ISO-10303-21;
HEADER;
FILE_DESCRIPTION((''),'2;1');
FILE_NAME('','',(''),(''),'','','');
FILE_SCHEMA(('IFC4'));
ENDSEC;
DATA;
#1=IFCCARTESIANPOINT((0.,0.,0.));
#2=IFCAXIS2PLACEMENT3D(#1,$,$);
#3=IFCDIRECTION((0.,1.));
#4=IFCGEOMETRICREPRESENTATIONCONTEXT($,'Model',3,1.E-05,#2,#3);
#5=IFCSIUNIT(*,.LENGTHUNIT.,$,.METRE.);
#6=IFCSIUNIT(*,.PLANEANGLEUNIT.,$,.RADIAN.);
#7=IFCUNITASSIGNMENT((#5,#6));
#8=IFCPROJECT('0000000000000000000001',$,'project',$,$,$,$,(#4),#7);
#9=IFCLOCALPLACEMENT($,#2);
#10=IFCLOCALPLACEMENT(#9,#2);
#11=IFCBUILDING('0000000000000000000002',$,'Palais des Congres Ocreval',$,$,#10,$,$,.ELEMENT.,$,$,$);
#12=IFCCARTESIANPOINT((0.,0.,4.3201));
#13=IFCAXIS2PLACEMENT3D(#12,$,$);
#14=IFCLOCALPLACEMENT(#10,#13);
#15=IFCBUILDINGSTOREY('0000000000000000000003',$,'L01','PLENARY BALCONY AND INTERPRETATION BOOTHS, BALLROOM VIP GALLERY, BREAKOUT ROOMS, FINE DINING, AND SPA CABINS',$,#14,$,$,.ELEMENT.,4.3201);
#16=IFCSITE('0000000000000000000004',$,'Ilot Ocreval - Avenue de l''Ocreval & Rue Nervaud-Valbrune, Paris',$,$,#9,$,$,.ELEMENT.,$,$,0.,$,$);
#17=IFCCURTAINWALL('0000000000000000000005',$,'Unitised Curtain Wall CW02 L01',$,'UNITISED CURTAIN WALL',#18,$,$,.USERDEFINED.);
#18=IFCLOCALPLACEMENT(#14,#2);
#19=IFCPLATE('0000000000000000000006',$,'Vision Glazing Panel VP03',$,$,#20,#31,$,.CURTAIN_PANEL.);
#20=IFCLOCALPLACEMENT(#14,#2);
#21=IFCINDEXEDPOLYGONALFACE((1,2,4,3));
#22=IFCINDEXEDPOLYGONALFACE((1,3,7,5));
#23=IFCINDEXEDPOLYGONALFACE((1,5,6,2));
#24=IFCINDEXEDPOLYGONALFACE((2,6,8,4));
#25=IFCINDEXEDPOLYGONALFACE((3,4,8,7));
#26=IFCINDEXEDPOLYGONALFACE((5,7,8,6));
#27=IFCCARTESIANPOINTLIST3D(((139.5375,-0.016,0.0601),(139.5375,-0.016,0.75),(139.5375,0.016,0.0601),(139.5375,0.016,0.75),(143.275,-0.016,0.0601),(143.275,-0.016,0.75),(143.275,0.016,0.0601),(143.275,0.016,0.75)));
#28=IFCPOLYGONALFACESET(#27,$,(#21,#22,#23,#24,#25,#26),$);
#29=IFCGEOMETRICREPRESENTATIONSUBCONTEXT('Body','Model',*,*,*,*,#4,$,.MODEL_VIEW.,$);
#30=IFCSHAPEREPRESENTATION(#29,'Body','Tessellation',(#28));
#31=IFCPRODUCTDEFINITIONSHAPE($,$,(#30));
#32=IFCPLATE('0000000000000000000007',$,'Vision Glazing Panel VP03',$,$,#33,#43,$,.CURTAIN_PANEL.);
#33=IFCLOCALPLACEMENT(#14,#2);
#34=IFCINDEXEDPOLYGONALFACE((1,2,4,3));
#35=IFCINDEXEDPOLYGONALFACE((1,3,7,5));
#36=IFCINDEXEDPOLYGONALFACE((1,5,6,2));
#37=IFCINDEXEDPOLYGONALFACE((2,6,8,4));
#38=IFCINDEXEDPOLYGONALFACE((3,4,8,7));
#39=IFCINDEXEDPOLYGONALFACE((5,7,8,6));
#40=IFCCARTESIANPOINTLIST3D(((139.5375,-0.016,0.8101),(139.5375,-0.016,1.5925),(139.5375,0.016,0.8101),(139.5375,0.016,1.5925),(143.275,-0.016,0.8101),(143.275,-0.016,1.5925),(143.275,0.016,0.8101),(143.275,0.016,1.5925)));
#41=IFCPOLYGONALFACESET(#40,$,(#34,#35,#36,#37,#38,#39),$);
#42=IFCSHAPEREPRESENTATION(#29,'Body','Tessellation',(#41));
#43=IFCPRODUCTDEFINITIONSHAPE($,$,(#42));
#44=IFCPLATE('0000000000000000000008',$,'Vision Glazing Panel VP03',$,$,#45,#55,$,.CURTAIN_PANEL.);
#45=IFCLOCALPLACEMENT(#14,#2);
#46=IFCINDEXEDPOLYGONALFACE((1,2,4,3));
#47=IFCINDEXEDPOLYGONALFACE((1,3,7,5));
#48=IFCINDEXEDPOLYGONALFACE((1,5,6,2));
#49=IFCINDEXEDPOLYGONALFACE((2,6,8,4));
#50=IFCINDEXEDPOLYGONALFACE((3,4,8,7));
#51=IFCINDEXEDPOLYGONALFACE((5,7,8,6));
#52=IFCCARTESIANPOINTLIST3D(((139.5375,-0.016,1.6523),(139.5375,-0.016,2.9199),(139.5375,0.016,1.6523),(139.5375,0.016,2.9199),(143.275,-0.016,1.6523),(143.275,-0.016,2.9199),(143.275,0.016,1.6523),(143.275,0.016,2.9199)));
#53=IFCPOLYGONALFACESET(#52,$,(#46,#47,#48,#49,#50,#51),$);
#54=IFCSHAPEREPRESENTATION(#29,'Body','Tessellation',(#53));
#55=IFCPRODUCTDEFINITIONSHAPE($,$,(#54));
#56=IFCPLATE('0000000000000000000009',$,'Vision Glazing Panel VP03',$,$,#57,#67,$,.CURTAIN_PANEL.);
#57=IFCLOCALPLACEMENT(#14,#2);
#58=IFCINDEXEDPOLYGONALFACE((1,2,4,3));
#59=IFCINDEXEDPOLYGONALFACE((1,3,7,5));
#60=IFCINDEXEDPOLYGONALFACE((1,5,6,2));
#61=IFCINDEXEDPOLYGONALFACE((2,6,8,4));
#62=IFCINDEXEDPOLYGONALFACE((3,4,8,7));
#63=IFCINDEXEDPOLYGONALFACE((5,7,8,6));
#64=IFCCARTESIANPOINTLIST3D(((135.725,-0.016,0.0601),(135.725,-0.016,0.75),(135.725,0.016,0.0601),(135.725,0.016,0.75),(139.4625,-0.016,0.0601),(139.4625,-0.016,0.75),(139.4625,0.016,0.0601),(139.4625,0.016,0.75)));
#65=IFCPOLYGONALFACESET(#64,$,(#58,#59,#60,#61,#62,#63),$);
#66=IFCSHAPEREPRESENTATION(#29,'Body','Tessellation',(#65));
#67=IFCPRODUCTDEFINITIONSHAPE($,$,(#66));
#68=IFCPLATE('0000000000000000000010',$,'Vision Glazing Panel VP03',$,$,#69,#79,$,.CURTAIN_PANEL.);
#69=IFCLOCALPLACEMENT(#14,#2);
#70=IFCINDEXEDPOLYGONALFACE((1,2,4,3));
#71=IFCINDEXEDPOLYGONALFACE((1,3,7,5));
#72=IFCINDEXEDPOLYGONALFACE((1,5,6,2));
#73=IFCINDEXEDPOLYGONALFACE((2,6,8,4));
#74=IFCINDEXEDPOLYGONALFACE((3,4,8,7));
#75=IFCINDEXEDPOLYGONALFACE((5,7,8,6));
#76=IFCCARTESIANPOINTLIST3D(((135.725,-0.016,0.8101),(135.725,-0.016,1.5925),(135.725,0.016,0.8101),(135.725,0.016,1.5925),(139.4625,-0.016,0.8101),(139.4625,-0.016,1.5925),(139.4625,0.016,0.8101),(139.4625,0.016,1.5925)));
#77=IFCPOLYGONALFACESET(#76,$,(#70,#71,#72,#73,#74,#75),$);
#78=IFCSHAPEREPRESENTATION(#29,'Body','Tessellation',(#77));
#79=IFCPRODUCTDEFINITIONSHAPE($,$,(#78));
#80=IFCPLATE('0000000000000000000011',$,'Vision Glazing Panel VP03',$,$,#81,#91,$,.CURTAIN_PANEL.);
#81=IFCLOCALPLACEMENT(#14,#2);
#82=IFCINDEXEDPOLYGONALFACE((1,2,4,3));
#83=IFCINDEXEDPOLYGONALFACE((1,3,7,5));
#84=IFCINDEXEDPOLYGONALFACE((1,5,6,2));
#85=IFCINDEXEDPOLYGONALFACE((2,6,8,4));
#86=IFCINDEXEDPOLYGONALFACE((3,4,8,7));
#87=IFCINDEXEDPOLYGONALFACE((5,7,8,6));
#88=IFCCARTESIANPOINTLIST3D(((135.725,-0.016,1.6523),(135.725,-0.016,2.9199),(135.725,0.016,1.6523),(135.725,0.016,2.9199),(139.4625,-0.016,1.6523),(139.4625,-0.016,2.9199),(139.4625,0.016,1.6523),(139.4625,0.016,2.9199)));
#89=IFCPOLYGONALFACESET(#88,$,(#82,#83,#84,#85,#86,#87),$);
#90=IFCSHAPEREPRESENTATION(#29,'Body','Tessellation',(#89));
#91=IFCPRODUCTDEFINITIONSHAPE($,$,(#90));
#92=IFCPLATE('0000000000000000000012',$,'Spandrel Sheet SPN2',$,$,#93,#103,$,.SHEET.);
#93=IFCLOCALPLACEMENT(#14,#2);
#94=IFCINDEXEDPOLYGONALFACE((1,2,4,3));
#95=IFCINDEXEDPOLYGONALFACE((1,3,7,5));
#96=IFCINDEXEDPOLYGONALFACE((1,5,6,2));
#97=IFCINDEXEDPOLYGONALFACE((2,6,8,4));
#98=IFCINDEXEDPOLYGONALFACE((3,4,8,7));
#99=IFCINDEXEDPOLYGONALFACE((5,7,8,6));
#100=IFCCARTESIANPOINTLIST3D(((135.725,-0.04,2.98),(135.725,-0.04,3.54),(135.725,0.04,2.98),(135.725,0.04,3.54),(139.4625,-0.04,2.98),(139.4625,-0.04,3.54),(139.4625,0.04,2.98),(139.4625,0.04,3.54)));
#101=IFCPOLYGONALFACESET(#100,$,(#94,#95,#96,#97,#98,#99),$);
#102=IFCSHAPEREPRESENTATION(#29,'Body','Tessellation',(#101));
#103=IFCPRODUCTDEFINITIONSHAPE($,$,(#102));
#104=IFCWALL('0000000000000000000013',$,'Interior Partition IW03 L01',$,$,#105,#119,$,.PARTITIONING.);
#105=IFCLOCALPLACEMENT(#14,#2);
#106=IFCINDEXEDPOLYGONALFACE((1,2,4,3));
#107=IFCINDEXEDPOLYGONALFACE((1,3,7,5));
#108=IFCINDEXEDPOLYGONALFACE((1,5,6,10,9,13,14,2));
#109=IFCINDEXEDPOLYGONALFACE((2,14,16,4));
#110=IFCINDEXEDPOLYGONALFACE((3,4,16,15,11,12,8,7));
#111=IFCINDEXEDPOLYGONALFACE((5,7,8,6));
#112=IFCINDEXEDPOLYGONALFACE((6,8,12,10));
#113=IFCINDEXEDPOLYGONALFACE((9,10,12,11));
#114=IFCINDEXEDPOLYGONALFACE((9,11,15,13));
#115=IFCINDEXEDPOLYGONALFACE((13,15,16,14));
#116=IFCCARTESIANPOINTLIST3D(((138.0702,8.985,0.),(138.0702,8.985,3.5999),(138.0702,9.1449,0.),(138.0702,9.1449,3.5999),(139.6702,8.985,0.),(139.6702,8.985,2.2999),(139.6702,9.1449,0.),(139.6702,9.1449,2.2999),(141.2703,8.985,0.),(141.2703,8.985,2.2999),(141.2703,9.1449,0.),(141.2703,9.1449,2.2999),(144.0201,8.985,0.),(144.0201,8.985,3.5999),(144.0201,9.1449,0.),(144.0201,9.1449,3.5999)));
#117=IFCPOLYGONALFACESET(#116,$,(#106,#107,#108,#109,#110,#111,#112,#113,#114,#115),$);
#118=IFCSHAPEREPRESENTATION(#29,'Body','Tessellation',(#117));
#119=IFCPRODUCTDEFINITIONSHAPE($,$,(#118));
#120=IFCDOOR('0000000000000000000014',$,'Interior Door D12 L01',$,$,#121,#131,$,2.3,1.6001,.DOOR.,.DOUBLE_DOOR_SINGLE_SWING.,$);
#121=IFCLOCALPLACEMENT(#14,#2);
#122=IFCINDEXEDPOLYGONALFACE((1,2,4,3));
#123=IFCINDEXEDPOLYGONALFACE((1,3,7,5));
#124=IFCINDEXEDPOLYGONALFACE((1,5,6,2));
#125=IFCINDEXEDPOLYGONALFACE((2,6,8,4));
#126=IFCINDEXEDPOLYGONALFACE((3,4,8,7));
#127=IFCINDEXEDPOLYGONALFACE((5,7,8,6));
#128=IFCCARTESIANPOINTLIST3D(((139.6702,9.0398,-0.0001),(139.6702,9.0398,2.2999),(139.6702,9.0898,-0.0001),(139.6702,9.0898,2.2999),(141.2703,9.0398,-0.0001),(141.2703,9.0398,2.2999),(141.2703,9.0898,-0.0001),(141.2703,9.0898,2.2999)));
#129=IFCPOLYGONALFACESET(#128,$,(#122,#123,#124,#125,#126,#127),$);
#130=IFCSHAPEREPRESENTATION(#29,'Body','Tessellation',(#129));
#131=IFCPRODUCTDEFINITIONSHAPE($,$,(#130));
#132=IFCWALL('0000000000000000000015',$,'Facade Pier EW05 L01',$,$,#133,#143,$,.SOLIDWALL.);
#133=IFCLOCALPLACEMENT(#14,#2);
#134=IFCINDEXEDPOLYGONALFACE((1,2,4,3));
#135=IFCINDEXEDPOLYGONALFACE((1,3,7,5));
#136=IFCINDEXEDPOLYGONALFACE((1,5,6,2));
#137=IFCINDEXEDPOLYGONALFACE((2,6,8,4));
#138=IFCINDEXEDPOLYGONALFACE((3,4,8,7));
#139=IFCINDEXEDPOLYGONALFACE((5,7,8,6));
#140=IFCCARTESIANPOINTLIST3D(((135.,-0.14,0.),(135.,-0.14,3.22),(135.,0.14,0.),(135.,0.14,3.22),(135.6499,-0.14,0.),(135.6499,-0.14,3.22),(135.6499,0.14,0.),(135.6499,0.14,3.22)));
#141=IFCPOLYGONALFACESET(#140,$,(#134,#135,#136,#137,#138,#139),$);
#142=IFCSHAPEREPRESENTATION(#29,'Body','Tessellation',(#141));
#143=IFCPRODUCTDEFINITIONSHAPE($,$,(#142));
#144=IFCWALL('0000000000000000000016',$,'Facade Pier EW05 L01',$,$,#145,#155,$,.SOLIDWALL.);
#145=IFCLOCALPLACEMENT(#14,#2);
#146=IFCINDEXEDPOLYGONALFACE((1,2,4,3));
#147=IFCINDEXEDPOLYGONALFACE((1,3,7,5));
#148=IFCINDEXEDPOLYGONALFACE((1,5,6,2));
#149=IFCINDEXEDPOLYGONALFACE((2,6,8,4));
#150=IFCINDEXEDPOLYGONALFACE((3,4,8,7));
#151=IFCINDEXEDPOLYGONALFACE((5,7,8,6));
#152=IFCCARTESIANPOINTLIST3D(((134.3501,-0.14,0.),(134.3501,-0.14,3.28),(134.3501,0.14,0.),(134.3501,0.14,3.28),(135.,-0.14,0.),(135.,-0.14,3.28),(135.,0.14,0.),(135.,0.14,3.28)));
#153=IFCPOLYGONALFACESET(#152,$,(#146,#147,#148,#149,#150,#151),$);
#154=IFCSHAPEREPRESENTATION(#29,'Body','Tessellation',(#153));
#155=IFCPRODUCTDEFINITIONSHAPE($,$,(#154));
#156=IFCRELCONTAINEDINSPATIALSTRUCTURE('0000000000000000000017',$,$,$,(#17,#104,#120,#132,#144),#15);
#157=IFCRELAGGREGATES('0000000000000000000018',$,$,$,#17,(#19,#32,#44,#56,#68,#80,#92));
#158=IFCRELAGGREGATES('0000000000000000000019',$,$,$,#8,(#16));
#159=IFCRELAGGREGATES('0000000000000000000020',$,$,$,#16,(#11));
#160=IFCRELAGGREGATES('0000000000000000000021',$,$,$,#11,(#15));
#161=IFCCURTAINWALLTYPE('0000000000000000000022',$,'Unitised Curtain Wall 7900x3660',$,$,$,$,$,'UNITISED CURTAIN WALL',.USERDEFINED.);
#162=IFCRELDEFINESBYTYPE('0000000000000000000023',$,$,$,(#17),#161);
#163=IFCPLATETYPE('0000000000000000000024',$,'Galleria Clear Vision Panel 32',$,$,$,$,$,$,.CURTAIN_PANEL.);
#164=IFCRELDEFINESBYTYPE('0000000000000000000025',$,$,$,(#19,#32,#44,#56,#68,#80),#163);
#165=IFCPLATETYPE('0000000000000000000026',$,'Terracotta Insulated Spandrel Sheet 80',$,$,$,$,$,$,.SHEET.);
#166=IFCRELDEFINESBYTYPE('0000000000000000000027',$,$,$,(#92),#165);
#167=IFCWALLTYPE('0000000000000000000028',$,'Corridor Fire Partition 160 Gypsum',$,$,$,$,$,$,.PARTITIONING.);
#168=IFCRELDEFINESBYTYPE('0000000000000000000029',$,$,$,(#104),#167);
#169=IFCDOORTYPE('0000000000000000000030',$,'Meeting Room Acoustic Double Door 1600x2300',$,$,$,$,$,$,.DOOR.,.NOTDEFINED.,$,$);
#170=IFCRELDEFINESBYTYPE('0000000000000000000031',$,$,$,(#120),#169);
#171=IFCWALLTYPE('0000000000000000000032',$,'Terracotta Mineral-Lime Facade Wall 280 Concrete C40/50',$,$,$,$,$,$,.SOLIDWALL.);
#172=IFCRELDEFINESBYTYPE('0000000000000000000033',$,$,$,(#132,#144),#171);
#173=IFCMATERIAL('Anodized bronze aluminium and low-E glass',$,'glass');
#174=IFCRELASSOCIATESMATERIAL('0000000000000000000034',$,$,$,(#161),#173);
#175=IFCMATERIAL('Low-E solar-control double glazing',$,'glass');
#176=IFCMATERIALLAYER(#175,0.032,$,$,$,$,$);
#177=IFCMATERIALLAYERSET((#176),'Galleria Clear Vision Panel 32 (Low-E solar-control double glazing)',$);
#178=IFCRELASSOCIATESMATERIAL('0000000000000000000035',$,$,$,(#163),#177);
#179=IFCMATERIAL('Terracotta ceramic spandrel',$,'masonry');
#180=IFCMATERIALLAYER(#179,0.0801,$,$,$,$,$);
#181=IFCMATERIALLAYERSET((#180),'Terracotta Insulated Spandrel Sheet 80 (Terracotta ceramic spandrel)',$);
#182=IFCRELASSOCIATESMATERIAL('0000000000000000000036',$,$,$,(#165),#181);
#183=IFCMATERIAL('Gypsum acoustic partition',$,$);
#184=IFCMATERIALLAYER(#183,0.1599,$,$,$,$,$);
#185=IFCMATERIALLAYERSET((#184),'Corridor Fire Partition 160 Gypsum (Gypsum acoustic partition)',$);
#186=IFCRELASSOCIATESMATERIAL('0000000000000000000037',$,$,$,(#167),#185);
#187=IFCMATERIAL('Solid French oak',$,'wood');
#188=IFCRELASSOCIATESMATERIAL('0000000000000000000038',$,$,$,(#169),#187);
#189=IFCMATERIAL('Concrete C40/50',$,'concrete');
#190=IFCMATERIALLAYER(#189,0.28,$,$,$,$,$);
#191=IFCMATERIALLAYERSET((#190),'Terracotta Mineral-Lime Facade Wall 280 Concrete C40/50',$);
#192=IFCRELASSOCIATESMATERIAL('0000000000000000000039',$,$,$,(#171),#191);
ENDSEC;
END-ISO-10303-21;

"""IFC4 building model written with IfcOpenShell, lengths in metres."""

from ifc_helpers import new_model, si_unit, direction, frame, frame_2d, origin, origin_2d, place, context, subcontext, project, spatial, rectangle, extrude, material, layer, layer_set, type_object, element, fill, aggregate, save


model = new_model("IFC4")

# Units and contexts
model_context = context("Model", 3, precision=1e-05, world=origin(), true_north=direction((0.0, 1.0)))
body_context = subcontext(model_context, "Body", "Model", "MODEL_VIEW")
ifc_project = project(units=[si_unit("LENGTHUNIT", "METRE"), si_unit("PLANEANGLEUNIT", "RADIAN")], contexts=[model_context])

# Site, building, storey
site_placement = place(None, origin())
site = spatial("IfcSite", under=ifc_project, at=site_placement, Name="Ilot Ocreval - Avenue de l'Ocreval & Rue Nervaud-Valbrune, Paris", CompositionType="ELEMENT", RefElevation=0.0)
building_placement = place(site_placement, origin())
building = spatial("IfcBuilding", under=site, at=building_placement, Name="Palais des Congres Ocreval", CompositionType="ELEMENT")
storey_placement = place(building_placement, frame((0.0, 0.0, 4.3201)))
storey = spatial("IfcBuildingStorey", under=building, at=storey_placement, Name="L01", Description="PLENARY BALCONY AND INTERPRETATION BOOTHS, BALLROOM VIP GALLERY, BREAKOUT ROOMS, FINE DINING, AND SPA CABINS", CompositionType="ELEMENT", Elevation=4.3201)

# Curtain wall
ifc_material_1 = material(Name="Anodized bronze aluminium and low-E glass", Category="glass")
curtain_wall_type = type_object("IfcCurtainWallType", Name="Unitised Curtain Wall 7900x3660", ElementType="UNITISED CURTAIN WALL", PredefinedType="USERDEFINED", material=ifc_material_1)
curtain_wall_1_placement = place(storey_placement, origin())
curtain_wall_1 = element("IfcCurtainWall", 1, at=curtain_wall_1_placement, inside=storey, type_object=curtain_wall_type, Name="Unitised Curtain Wall CW02 L01", ObjectType="UNITISED CURTAIN WALL", PredefinedType="USERDEFINED")

# Plates
ifc_material_2 = material(Name="Low-E solar-control double glazing", Category="glass")
ifc_layer_1 = layer(ifc_material_2, 0.032)
ifc_layer_set_1 = layer_set([ifc_layer_1], Name="Galleria Clear Vision Panel 32 (Low-E solar-control double glazing)")
plate_type_1 = type_object("IfcPlateType", Name="Galleria Clear Vision Panel 32", PredefinedType="CURTAIN_PANEL", material=ifc_layer_set_1)
plate_1_placement = place(storey_placement, frame((141.4062, 0.0, 0.0601), z_axis=(0.0, 0.0, 1.0), x_axis=(-1.0, 0.0, 0.0)))
plate_1 = element("IfcPlate", 2, at=plate_1_placement, type_object=plate_type_1, Name="Vision Glazing Panel VP03", PredefinedType="CURTAIN_PANEL", context=body_context, shape_type="SweptSolid", body=[
    extrude(rectangle(XDim=3.7375, YDim=0.032, at=origin_2d()), origin(), (0.0, 0.0, 1.0), 0.6899),
])
plate_2_placement = place(storey_placement, frame((141.4062, 0.0, 0.8101), z_axis=(0.0, 0.0, 1.0), x_axis=(-1.0, 0.0, 0.0)))
plate_2 = element("IfcPlate", 3, at=plate_2_placement, type_object=plate_type_1, Name="Vision Glazing Panel VP03", PredefinedType="CURTAIN_PANEL", context=body_context, shape_type="SweptSolid", body=[
    extrude(rectangle(XDim=3.7375, YDim=0.032, at=origin_2d()), origin(), (0.0, 0.0, 1.0), 0.7825),
])
plate_3_placement = place(storey_placement, frame((141.4062, 0.0, 1.6523), z_axis=(0.0, 0.0, 1.0), x_axis=(-1.0, 0.0, 0.0)))
plate_3 = element("IfcPlate", 4, at=plate_3_placement, type_object=plate_type_1, Name="Vision Glazing Panel VP03", PredefinedType="CURTAIN_PANEL", context=body_context, shape_type="SweptSolid", body=[
    extrude(rectangle(XDim=3.7375, YDim=0.032, at=origin_2d()), origin(), (0.0, 0.0, 1.0), 1.2676),
])
plate_4_placement = place(storey_placement, frame((137.5938, 0.0, 0.0601), z_axis=(0.0, 0.0, 1.0), x_axis=(-1.0, 0.0, 0.0)))
plate_4 = element("IfcPlate", 5, at=plate_4_placement, type_object=plate_type_1, Name="Vision Glazing Panel VP03", PredefinedType="CURTAIN_PANEL", context=body_context, shape_type="SweptSolid", body=[
    extrude(rectangle(XDim=3.7375, YDim=0.032, at=origin_2d()), origin(), (0.0, 0.0, 1.0), 0.6899),
])
plate_5_placement = place(storey_placement, frame((137.5938, 0.0, 0.8101), z_axis=(0.0, 0.0, 1.0), x_axis=(-1.0, 0.0, 0.0)))
plate_5 = element("IfcPlate", 6, at=plate_5_placement, type_object=plate_type_1, Name="Vision Glazing Panel VP03", PredefinedType="CURTAIN_PANEL", context=body_context, shape_type="SweptSolid", body=[
    extrude(rectangle(XDim=3.7375, YDim=0.032, at=origin_2d()), origin(), (0.0, 0.0, 1.0), 0.7825),
])
plate_6_placement = place(storey_placement, frame((137.5938, 0.0, 1.6523), z_axis=(0.0, 0.0, 1.0), x_axis=(-1.0, 0.0, 0.0)))
plate_6 = element("IfcPlate", 7, at=plate_6_placement, type_object=plate_type_1, Name="Vision Glazing Panel VP03", PredefinedType="CURTAIN_PANEL", context=body_context, shape_type="SweptSolid", body=[
    extrude(rectangle(XDim=3.7375, YDim=0.032, at=origin_2d()), origin(), (0.0, 0.0, 1.0), 1.2676),
])
ifc_material_3 = material(Name="Terracotta ceramic spandrel", Category="masonry")
ifc_layer_2 = layer(ifc_material_3, 0.0801)
ifc_layer_set_2 = layer_set([ifc_layer_2], Name="Terracotta Insulated Spandrel Sheet 80 (Terracotta ceramic spandrel)")
plate_type_2 = type_object("IfcPlateType", Name="Terracotta Insulated Spandrel Sheet 80", PredefinedType="SHEET", material=ifc_layer_set_2)
plate_7_placement = place(storey_placement, frame((137.5938, 0.0, 2.98), z_axis=(0.0, 0.0, 1.0), x_axis=(-1.0, 0.0, 0.0)))
plate_7 = element("IfcPlate", 8, at=plate_7_placement, type_object=plate_type_2, Name="Spandrel Sheet SPN2", PredefinedType="SHEET", context=body_context, shape_type="SweptSolid", body=[
    extrude(rectangle(XDim=3.7375, YDim=0.0801, at=origin_2d()), origin(), (0.0, 0.0, 1.0), 0.5601),
])
aggregate(curtain_wall_1, [plate_1, plate_2, plate_3, plate_4, plate_5, plate_6, plate_7])

# Wall, opening, door
ifc_material_4 = material(Name="Gypsum acoustic partition")
ifc_layer_3 = layer(ifc_material_4, 0.1599)
ifc_layer_set_3 = layer_set([ifc_layer_3], Name="Corridor Fire Partition 160 Gypsum (Gypsum acoustic partition)")
wall_type_1 = type_object("IfcWallType", Name="Corridor Fire Partition 160 Gypsum", PredefinedType="PARTITIONING", material=ifc_layer_set_3)
wall_1_placement = place(storey_placement, frame((138.0701, 9.0649, 0.0), z_axis=(0.0, 0.0, 1.0), x_axis=(1.0, 0.0, 0.0)))
wall_1 = element("IfcWall", 9, at=wall_1_placement, inside=storey, type_object=wall_type_1, Name="Interior Partition IW03 L01", PredefinedType="PARTITIONING", context=body_context, shape_type="SweptSolid", body=[
    extrude(rectangle(XDim=5.95, YDim=0.1599, at=frame_2d((2.9751, 0.0))), origin(), (0.0, 0.0, 1.0), 3.5999),
])
opening_placement = place(wall_1_placement, frame((1.6001, 0.0, 0.0)))
opening = element("IfcOpeningElement", 10, at=opening_placement, cuts=wall_1, PredefinedType="OPENING", context=body_context, shape_type="SweptSolid", body=[
    extrude(rectangle(XDim=1.6001, YDim=2.3, at=frame_2d((0.8, 1.1499))), frame((0.0, 0.0898, 0.0), z_axis=(0.0, -1.0, 0.0), x_axis=(1.0, 0.0, 0.0)), (0.0, 0.0, 1.0), 0.1799),
])
ifc_material_5 = material(Name="Solid French oak", Category="wood")
door_type = type_object("IfcDoorType", Name="Meeting Room Acoustic Double Door 1600x2300", OperationType="NOTDEFINED", PredefinedType="DOOR", material=ifc_material_5)
door_placement = place(opening_placement, origin())
door = element("IfcDoor", 11, at=door_placement, inside=storey, type_object=door_type, Name="Interior Door D12 L01", OperationType="DOUBLE_DOOR_SINGLE_SWING", OverallHeight=2.3, OverallWidth=1.6001, PredefinedType="DOOR", context=body_context, shape_type="SweptSolid", body=[
    extrude(rectangle(XDim=1.6001, YDim=2.3, at=frame_2d((0.8, 1.1499))), frame((0.0, 0.0249, 0.0), z_axis=(0.0, -1.0, 0.0), x_axis=(1.0, 0.0, 0.0)), (0.0, 0.0, 1.0), 0.05),
])
fill(opening, door)

# Walls
ifc_material_6 = material(Name="Concrete C40/50", Category="concrete")
ifc_layer_4 = layer(ifc_material_6, 0.28)
ifc_layer_set_4 = layer_set([ifc_layer_4], Name="Terracotta Mineral-Lime Facade Wall 280 Concrete C40/50")
wall_type_2 = type_object("IfcWallType", Name="Terracotta Mineral-Lime Facade Wall 280 Concrete C40/50", PredefinedType="SOLIDWALL", material=ifc_layer_set_4)
wall_2_placement = place(storey_placement, frame((135.6499, 0.0, 0.0), z_axis=(0.0, 0.0, 1.0), x_axis=(-1.0, 0.0, 0.0)))
element("IfcWall", 12, at=wall_2_placement, inside=storey, type_object=wall_type_2, Name="Facade Pier EW05 L01", PredefinedType="SOLIDWALL", context=body_context, shape_type="SweptSolid", body=[
    extrude(rectangle(XDim=0.6499, YDim=0.28, at=frame_2d((0.325, 0.0))), origin(), (0.0, 0.0, 1.0), 3.22),
])
wall_3_placement = place(storey_placement, frame((135.0, 0.0, 0.0), z_axis=(0.0, 0.0, 1.0), x_axis=(-1.0, 0.0, 0.0)))
element("IfcWall", 13, at=wall_3_placement, inside=storey, type_object=wall_type_2, Name="Facade Pier EW05 L01", PredefinedType="SOLIDWALL", context=body_context, shape_type="SweptSolid", body=[
    extrude(rectangle(XDim=0.6499, YDim=0.28, at=frame_2d((0.325, 0.0))), origin(), (0.0, 0.0, 1.0), 3.28),
])

save(model, "model.ifc")
